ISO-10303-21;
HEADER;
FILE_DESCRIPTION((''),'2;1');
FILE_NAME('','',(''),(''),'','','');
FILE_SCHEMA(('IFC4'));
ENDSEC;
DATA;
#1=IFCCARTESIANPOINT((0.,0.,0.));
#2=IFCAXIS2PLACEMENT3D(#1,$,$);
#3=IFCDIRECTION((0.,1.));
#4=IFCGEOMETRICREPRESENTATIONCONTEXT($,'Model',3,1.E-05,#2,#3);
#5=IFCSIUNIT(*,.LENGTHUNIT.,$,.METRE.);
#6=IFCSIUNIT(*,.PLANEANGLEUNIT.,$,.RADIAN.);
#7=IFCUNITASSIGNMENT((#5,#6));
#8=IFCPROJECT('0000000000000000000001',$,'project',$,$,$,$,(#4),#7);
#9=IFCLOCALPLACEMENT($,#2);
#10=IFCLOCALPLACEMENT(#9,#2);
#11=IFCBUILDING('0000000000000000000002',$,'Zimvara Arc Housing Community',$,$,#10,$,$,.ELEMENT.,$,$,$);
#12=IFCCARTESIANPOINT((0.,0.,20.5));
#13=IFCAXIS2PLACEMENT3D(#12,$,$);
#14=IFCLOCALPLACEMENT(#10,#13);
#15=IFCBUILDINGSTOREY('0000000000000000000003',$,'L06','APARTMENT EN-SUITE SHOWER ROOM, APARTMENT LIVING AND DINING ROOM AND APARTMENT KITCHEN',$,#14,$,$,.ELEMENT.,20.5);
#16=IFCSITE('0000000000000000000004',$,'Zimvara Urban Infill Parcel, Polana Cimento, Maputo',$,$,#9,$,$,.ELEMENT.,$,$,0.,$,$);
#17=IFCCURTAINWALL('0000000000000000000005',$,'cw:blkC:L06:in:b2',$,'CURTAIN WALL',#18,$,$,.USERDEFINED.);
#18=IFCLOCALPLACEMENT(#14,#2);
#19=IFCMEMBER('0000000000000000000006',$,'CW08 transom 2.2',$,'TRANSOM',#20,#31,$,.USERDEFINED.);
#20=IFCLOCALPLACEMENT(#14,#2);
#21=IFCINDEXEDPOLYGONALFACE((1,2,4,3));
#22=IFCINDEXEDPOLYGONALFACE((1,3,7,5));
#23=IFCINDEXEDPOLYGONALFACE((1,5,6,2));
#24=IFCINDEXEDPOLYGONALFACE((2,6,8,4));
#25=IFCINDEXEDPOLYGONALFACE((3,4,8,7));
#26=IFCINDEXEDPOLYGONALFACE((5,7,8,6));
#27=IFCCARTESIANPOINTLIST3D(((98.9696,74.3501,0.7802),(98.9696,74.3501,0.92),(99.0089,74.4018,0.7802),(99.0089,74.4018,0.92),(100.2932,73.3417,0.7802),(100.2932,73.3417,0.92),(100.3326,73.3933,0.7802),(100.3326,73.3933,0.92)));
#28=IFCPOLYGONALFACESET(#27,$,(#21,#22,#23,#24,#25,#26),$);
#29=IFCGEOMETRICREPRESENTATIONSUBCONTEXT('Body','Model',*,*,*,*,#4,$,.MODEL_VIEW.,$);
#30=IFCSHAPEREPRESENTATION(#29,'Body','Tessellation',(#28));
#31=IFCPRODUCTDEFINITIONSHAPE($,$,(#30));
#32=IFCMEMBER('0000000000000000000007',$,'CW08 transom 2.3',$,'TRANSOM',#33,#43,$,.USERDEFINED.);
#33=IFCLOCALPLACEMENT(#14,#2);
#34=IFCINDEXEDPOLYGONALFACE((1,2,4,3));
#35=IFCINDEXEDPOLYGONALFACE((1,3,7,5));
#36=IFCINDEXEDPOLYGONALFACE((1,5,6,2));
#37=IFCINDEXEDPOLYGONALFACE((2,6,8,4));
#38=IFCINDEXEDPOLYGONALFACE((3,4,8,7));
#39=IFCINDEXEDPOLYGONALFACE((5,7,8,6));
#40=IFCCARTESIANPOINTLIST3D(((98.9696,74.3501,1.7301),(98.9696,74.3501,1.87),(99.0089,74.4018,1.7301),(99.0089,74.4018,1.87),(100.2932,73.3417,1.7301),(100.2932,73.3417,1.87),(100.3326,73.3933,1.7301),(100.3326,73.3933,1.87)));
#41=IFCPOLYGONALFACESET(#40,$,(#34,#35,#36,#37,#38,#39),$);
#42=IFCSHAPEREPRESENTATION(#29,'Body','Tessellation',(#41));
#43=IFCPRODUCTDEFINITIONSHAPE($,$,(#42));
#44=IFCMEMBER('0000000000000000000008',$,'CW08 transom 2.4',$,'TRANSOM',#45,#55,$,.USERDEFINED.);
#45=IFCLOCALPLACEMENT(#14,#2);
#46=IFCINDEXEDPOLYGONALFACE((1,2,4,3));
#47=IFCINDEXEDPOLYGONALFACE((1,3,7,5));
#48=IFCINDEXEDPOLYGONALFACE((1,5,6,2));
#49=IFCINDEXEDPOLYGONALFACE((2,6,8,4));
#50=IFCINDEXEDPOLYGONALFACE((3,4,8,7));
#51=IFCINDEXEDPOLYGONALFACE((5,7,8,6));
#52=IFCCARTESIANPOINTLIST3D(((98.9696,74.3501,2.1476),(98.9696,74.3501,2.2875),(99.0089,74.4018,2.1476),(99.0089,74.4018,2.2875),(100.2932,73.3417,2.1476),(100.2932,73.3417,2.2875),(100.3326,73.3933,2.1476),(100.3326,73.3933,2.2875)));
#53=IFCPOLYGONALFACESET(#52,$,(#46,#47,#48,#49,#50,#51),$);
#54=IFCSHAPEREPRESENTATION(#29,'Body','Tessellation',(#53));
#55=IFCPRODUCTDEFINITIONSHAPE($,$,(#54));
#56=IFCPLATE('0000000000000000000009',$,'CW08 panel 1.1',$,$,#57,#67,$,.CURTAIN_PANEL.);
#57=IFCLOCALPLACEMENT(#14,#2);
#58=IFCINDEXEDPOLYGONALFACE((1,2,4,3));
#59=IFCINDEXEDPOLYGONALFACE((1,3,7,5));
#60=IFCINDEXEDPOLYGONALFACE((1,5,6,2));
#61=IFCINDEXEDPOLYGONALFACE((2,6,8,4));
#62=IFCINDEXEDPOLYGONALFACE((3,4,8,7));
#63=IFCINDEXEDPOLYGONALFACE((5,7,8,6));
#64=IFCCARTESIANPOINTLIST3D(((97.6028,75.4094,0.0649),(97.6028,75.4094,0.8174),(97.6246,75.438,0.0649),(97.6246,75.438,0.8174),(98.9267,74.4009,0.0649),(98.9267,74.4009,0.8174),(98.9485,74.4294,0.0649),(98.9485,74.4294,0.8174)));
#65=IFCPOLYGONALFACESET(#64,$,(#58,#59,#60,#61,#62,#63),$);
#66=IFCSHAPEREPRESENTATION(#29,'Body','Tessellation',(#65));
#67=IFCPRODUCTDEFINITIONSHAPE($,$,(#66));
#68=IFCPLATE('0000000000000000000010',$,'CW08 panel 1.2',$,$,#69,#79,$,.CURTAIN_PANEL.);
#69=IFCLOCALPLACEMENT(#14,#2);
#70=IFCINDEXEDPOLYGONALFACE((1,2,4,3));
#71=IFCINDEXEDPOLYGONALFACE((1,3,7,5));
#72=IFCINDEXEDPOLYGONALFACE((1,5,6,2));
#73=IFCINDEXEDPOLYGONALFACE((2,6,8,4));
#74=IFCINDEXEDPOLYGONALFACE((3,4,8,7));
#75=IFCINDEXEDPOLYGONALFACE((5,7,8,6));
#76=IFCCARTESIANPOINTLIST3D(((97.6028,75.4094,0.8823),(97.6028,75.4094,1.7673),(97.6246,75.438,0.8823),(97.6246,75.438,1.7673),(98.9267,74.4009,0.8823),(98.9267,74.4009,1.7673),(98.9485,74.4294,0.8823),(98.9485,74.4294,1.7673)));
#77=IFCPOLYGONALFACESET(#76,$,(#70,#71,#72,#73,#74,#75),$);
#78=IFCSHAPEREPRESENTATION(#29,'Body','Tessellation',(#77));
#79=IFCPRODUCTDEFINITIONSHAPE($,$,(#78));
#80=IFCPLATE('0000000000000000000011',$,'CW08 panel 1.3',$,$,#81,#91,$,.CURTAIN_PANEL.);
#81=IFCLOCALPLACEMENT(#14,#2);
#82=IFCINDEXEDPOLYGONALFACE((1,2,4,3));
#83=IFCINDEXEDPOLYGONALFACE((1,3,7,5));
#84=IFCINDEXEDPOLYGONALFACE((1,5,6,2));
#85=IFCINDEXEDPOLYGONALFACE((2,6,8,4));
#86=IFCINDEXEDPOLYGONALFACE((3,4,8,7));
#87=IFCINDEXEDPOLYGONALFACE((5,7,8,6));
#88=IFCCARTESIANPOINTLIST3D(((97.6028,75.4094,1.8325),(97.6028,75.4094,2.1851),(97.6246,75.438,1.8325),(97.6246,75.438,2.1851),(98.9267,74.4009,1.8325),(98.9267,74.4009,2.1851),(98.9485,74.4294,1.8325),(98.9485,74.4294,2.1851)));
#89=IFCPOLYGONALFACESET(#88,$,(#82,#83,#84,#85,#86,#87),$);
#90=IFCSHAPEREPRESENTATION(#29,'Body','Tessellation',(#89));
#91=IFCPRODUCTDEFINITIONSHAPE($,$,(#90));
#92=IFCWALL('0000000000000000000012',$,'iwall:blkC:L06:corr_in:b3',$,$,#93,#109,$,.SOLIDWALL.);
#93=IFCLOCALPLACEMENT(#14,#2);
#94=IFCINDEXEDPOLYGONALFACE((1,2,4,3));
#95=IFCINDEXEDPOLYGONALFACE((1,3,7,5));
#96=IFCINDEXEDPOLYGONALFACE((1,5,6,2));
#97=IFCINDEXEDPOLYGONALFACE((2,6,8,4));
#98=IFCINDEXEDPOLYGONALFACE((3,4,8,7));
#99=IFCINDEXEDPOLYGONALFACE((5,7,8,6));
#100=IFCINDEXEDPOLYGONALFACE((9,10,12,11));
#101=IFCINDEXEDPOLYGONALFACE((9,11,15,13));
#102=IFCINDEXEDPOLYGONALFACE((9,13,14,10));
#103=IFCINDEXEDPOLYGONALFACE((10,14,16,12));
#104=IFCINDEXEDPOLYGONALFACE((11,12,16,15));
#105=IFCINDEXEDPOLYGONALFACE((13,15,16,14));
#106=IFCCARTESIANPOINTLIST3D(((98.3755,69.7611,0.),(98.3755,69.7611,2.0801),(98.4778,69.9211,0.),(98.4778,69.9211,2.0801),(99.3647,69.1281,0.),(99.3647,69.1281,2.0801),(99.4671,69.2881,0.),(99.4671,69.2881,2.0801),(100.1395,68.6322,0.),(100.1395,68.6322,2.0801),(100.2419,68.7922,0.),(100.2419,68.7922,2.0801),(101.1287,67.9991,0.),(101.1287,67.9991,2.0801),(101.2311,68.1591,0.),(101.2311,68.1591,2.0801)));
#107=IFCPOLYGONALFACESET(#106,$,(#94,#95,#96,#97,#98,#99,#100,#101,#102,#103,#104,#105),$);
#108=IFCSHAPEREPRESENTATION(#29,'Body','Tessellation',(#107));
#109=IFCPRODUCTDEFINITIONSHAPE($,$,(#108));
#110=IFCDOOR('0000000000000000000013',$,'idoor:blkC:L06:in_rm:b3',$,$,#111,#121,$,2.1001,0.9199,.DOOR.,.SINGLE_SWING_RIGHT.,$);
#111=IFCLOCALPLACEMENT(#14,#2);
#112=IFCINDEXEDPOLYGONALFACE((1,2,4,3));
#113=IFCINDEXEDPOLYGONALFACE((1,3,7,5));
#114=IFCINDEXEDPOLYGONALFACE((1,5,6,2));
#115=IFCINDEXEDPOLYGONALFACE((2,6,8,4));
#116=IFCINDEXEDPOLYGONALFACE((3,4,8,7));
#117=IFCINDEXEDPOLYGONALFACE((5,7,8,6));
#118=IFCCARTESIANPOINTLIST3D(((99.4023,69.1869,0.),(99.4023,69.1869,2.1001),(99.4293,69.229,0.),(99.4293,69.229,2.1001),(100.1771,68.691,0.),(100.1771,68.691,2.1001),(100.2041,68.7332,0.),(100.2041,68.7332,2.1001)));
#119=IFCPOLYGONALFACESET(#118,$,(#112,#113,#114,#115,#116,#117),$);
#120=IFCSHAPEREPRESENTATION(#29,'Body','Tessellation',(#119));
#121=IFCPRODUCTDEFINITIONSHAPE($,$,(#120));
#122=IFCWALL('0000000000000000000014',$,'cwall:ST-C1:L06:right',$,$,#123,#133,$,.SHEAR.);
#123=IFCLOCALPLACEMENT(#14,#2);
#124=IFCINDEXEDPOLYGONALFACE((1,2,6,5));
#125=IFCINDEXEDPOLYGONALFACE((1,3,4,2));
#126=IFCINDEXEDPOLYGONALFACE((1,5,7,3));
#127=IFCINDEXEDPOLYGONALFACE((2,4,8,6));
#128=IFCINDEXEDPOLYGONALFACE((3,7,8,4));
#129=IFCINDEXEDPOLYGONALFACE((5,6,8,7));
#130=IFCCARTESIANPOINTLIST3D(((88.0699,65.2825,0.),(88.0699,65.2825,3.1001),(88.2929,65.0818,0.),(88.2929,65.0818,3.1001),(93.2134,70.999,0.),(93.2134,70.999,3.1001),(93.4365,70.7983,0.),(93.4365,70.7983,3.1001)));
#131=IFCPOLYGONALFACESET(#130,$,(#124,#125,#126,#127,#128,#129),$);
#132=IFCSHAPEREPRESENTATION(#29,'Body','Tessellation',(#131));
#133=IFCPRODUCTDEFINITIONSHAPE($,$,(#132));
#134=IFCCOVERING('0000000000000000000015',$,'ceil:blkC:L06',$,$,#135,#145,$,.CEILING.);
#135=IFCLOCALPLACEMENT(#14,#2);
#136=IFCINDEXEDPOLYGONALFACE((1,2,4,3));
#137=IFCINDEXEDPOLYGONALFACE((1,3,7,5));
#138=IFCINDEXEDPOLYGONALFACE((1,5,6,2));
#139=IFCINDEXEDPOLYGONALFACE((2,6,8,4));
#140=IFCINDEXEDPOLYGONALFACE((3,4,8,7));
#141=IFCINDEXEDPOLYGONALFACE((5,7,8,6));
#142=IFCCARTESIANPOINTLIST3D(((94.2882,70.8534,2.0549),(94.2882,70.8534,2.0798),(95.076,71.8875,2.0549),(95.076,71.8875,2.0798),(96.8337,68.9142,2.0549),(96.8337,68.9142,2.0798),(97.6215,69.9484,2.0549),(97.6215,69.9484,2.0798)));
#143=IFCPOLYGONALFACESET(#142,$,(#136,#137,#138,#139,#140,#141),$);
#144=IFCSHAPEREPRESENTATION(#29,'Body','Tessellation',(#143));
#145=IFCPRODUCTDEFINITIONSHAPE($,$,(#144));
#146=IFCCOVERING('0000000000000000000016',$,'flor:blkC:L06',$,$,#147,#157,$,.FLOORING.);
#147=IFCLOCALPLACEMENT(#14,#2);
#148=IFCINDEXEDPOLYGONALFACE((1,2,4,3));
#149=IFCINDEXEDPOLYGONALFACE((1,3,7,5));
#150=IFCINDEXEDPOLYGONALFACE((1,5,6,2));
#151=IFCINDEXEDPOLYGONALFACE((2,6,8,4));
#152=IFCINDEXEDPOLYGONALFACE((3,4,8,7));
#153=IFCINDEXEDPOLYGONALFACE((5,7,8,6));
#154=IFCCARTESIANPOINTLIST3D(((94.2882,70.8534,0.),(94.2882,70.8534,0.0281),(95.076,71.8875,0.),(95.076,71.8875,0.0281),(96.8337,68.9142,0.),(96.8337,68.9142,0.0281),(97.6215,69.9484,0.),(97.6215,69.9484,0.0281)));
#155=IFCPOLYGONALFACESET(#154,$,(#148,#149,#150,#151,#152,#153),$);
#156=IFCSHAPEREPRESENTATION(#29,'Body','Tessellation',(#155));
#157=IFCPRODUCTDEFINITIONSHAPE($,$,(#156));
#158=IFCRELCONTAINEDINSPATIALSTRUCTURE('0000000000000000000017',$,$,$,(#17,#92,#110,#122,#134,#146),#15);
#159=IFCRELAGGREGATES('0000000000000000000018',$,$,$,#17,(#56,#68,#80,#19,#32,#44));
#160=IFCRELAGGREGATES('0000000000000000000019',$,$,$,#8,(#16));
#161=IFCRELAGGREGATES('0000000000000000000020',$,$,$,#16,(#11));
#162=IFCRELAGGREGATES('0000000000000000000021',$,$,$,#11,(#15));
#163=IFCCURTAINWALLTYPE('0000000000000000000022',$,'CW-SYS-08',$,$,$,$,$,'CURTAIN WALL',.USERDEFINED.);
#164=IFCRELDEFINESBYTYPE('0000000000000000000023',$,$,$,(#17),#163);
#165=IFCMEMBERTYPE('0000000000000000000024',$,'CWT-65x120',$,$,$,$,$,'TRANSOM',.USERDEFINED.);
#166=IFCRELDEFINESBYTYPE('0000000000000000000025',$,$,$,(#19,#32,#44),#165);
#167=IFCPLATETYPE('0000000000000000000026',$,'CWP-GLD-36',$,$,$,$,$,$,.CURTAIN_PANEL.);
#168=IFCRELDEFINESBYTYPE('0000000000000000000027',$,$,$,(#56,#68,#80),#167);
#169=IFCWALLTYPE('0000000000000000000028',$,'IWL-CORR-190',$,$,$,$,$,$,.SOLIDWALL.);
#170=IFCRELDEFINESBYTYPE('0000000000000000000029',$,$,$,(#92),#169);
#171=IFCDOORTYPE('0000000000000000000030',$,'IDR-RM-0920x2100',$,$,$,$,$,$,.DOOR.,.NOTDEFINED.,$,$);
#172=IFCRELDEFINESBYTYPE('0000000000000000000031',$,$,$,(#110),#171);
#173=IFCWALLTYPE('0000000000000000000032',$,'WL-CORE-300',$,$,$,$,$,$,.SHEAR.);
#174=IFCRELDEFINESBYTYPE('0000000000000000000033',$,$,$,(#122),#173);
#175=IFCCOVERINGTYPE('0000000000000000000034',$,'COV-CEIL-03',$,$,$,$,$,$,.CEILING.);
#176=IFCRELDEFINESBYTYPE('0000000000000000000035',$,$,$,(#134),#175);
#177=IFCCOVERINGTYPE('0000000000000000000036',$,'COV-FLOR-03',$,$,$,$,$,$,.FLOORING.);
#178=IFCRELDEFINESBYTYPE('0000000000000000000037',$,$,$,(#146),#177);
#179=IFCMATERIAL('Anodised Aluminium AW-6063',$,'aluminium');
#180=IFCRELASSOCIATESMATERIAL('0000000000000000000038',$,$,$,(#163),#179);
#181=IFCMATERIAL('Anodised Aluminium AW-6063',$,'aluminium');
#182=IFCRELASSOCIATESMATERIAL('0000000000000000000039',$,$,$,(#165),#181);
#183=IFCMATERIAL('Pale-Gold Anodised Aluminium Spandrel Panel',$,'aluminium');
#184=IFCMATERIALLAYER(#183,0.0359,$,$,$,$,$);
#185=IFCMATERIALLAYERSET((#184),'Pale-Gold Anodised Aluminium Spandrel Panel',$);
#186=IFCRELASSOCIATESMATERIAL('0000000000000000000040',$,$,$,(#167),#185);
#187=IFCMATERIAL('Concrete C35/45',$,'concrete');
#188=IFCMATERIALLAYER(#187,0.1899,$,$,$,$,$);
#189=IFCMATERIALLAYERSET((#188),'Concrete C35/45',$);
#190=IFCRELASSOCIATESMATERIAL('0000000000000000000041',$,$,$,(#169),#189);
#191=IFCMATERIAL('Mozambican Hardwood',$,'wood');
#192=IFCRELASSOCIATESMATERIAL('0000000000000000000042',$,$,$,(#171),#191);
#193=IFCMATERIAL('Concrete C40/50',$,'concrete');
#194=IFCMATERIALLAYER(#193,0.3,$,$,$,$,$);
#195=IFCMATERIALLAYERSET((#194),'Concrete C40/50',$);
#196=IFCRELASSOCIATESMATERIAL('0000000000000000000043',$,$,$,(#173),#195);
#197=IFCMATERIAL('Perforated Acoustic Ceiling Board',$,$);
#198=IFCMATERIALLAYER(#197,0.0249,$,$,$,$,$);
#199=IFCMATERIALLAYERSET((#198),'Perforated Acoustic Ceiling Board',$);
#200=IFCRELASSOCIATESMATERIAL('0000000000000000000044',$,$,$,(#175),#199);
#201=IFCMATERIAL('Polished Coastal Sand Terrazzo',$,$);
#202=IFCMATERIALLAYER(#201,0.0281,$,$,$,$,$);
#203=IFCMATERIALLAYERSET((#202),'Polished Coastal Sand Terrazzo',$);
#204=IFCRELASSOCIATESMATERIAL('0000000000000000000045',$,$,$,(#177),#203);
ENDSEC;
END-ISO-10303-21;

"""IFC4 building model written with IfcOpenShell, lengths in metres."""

from ifc_helpers import new_model, si_unit, direction, frame, frame_2d, origin, origin_2d, place, context, subcontext, project, spatial, rectangle, extrude, material, layer, layer_set, material_profile, profile_set, type_object, element, fill, aggregate, save


model = new_model("IFC4")

# Units and contexts
model_context = context("Model", 3, precision=1e-05, world=origin(), true_north=direction((0.0, 1.0)))
body_context = subcontext(model_context, "Body", "Model", "MODEL_VIEW")
ifc_project = project(units=[si_unit("LENGTHUNIT", "METRE"), si_unit("PLANEANGLEUNIT", "RADIAN")], contexts=[model_context])

# Site, building, storey
site_placement = place(None, origin())
site = spatial("IfcSite", under=ifc_project, at=site_placement, Name="Zimvara Urban Infill Parcel, Polana Cimento, Maputo", CompositionType="ELEMENT", RefElevation=0.0)
building_placement = place(site_placement, origin())
building = spatial("IfcBuilding", under=site, at=building_placement, Name="Zimvara Arc Housing Community", CompositionType="ELEMENT")
storey_placement = place(building_placement, frame((0.0, 0.0, 20.5)))
storey = spatial("IfcBuildingStorey", under=building, at=storey_placement, Name="L06", Description="APARTMENT EN-SUITE SHOWER ROOM, APARTMENT LIVING AND DINING ROOM AND APARTMENT KITCHEN", CompositionType="ELEMENT", Elevation=20.5)

# Curtain wall, members, plates
ifc_material_1 = material(Name="Anodised Aluminium AW-6063", Category="aluminium")
curtain_wall_type = type_object("IfcCurtainWallType", Name="CW-SYS-08", ElementType="CURTAIN WALL", PredefinedType="USERDEFINED", material=ifc_material_1)
curtain_wall_placement = place(storey_placement, origin())
curtain_wall = element("IfcCurtainWall", 1, at=curtain_wall_placement, inside=storey, type_object=curtain_wall_type, Name="cw:blkC:L06:in:b2", ObjectType="CURTAIN WALL", PredefinedType="USERDEFINED")
ifc_material_2 = material(Name="Anodised Aluminium AW-6063", Category="aluminium")
ifc_material_profile_1 = material_profile(ifc_material_2, rectangle(XDim=0.0649, YDim=0.1399, at=origin_2d()), Name="ALU 65x140")
ifc_profile_set_1 = profile_set([ifc_material_profile_1], Name="Anodised Aluminium AW-6063")
member_type_1 = type_object("IfcMemberType", Name="CWT-65x120", ElementType="TRANSOM", PredefinedType="USERDEFINED", material=ifc_profile_set_1)
member_1_placement = place(storey_placement, frame((98.9893, 74.376, 0.8501), z_axis=(0.795435, -0.606039, 0.0), x_axis=(0.606039, 0.795435, 0.0)))
member_1 = element("IfcMember", 2, at=member_1_placement, type_object=member_type_1, Name="CW08 transom 2.2", ObjectType="TRANSOM", PredefinedType="USERDEFINED", context=body_context, shape_type="SweptSolid", body=[
    extrude(rectangle(XDim=0.0649, YDim=0.1399, at=origin_2d()), origin(), (0.0, 0.0, 1.0), 1.6641),
])
member_2_placement = place(storey_placement, frame((98.9893, 74.376, 1.8), z_axis=(0.795435, -0.606039, 0.0), x_axis=(0.606039, 0.795435, 0.0)))
member_2 = element("IfcMember", 3, at=member_2_placement, type_object=member_type_1, Name="CW08 transom 2.3", ObjectType="TRANSOM", PredefinedType="USERDEFINED", context=body_context, shape_type="SweptSolid", body=[
    extrude(rectangle(XDim=0.0649, YDim=0.1399, at=origin_2d()), origin(), (0.0, 0.0, 1.0), 1.6641),
])
member_3_placement = place(storey_placement, frame((98.9893, 74.376, 2.2175), z_axis=(0.795435, -0.606039, 0.0), x_axis=(0.606039, 0.795435, 0.0)))
member_3 = element("IfcMember", 4, at=member_3_placement, type_object=member_type_1, Name="CW08 transom 2.4", ObjectType="TRANSOM", PredefinedType="USERDEFINED", context=body_context, shape_type="SweptSolid", body=[
    extrude(rectangle(XDim=0.0649, YDim=0.1399, at=origin_2d()), origin(), (0.0, 0.0, 1.0), 1.6641),
])
ifc_material_3 = material(Name="Pale-Gold Anodised Aluminium Spandrel Panel", Category="aluminium")
ifc_layer_1 = layer(ifc_material_3, 0.0359)
ifc_layer_set_1 = layer_set([ifc_layer_1], Name="Pale-Gold Anodised Aluminium Spandrel Panel")
plate_type = type_object("IfcPlateType", Name="CWP-GLD-36", PredefinedType="CURTAIN_PANEL", material=ifc_layer_set_1)
plate_1_placement = place(storey_placement, frame((98.2756, 74.9194, 0.0649), z_axis=(0.0, 0.0, 1.0), x_axis=(0.795474, -0.605988, 0.0)))
plate_1 = element("IfcPlate", 5, at=plate_1_placement, type_object=plate_type, Name="CW08 panel 1.1", PredefinedType="CURTAIN_PANEL", context=body_context, shape_type="SweptSolid", body=[
    extrude(rectangle(XDim=1.6643, YDim=0.0359, at=origin_2d()), origin(), (0.0, 0.0, 1.0), 0.7524),
])
plate_2_placement = place(storey_placement, frame((98.2756, 74.9194, 0.8823), z_axis=(0.0, 0.0, 1.0), x_axis=(0.795474, -0.605988, 0.0)))
plate_2 = element("IfcPlate", 6, at=plate_2_placement, type_object=plate_type, Name="CW08 panel 1.2", PredefinedType="CURTAIN_PANEL", context=body_context, shape_type="SweptSolid", body=[
    extrude(rectangle(XDim=1.6643, YDim=0.0359, at=origin_2d()), origin(), (0.0, 0.0, 1.0), 0.885),
])
plate_3_placement = place(storey_placement, frame((98.2756, 74.9194, 1.8325), z_axis=(0.0, 0.0, 1.0), x_axis=(0.795474, -0.605988, 0.0)))
plate_3 = element("IfcPlate", 7, at=plate_3_placement, type_object=plate_type, Name="CW08 panel 1.3", PredefinedType="CURTAIN_PANEL", context=body_context, shape_type="SweptSolid", body=[
    extrude(rectangle(XDim=1.6643, YDim=0.0359, at=origin_2d()), origin(), (0.0, 0.0, 1.0), 0.3525),
])
aggregate(curtain_wall, [plate_1, plate_2, plate_3, member_1, member_2, member_3])

# Wall, opening, door
ifc_material_4 = material(Name="Concrete C35/45", Category="concrete")
ifc_layer_2 = layer(ifc_material_4, 0.1899)
ifc_layer_set_2 = layer_set([ifc_layer_2], Name="Concrete C35/45")
wall_type_1 = type_object("IfcWallType", Name="IWL-CORR-190", PredefinedType="SOLIDWALL", material=ifc_layer_set_2)
wall_1_placement = place(storey_placement, frame((98.4268, 69.8411, 0.0), z_axis=(0.0, 0.0, 1.0), x_axis=(0.842281, -0.539039, 0.0)))
wall_1 = element("IfcWall", 8, at=wall_1_placement, inside=storey, type_object=wall_type_1, Name="iwall:blkC:L06:corr_in:b3", PredefinedType="SOLIDWALL", context=body_context, shape_type="SweptSolid", body=[
    extrude(rectangle(XDim=3.2688, YDim=0.1899, at=frame_2d((1.6343, 0.0))), origin(), (0.0, 0.0, 1.0), 2.0801),
])
opening_1_placement = place(wall_1_placement, frame((1.1743, 0.0, 0.0)))
opening_1 = element("IfcOpeningElement", 9, at=opening_1_placement, cuts=wall_1, PredefinedType="OPENING", context=body_context, shape_type="SweptSolid", body=[
    extrude(rectangle(XDim=0.9199, YDim=2.1001, at=frame_2d((0.46, 1.05))), frame((0.0, 0.105, 0.0), z_axis=(0.0, -1.0, 0.0), x_axis=(1.0, 0.0, 0.0)), (0.0, 0.0, 1.0), 0.21),
])
ifc_material_5 = material(Name="Mozambican Hardwood", Category="wood")
door_type_1 = type_object("IfcDoorType", Name="IDR-RM-0920x2100", OperationType="NOTDEFINED", PredefinedType="DOOR", material=ifc_material_5)
door_1_placement = place(opening_1_placement, origin())
door_1 = element("IfcDoor", 10, at=door_1_placement, inside=storey, type_object=door_type_1, Name="idoor:blkC:L06:in_rm:b3", OperationType="SINGLE_SWING_RIGHT", OverallHeight=2.1001, OverallWidth=0.9199, PredefinedType="DOOR", context=body_context, shape_type="SweptSolid", body=[
    extrude(rectangle(XDim=0.9199, YDim=2.1001, at=frame_2d((0.46, 1.05))), frame((0.0, 0.0249, 0.0), z_axis=(0.0, -1.0, 0.0), x_axis=(1.0, 0.0, 0.0)), (0.0, 0.0, 1.0), 0.05),
])
fill(opening_1, door_1)

# Wall
ifc_material_6 = material(Name="Concrete C40/50", Category="concrete")
ifc_layer_3 = layer(ifc_material_6, 0.3)
ifc_layer_set_3 = layer_set([ifc_layer_3], Name="Concrete C40/50")
wall_type_2 = type_object("IfcWallType", Name="WL-CORE-300", PredefinedType="SHEAR", material=ifc_layer_set_3)
wall_2_placement = place(storey_placement, frame((93.325, 70.8987, 0.0), z_axis=(0.0, 0.0, 1.0), x_axis=(-0.668868, -0.743381, 0.0)))
element("IfcWall", 11, at=wall_2_placement, inside=storey, type_object=wall_type_2, Name="cwall:ST-C1:L06:right", PredefinedType="SHEAR", context=body_context, shape_type="SweptSolid", body=[
    extrude(rectangle(XDim=7.6899, YDim=0.3, at=frame_2d((3.845, 0.0))), origin(), (0.0, 0.0, 1.0), 3.1001),
])

# Coverings
ifc_material_7 = material(Name="Perforated Acoustic Ceiling Board")
ifc_layer_4 = layer(ifc_material_7, 0.0249)
ifc_layer_set_4 = layer_set([ifc_layer_4], Name="Perforated Acoustic Ceiling Board")
covering_type_1 = type_object("IfcCoveringType", Name="COV-CEIL-03", PredefinedType="CEILING", material=ifc_layer_set_4)
covering_1_placement = place(storey_placement, frame((95.9548, 70.4009, 2.0549), z_axis=(0.0, 0.0, 1.0), x_axis=(-0.605988, -0.795473, 0.0)))
element("IfcCovering", 12, at=covering_1_placement, inside=storey, type_object=covering_type_1, Name="ceil:blkC:L06", PredefinedType="CEILING", context=body_context, shape_type="SweptSolid", body=[
    extrude(rectangle(XDim=1.3, YDim=3.2, at=origin_2d()), origin(), (0.0, 0.0, 1.0), 0.0249),
])
ifc_material_8 = material(Name="Polished Coastal Sand Terrazzo")
ifc_layer_5 = layer(ifc_material_8, 0.0281)
ifc_layer_set_5 = layer_set([ifc_layer_5], Name="Polished Coastal Sand Terrazzo")
covering_type_2 = type_object("IfcCoveringType", Name="COV-FLOR-03", PredefinedType="FLOORING", material=ifc_layer_set_5)
covering_2_placement = place(storey_placement, frame((95.9548, 70.4009, 0.0), z_axis=(0.0, 0.0, 1.0), x_axis=(-0.605988, -0.795473, 0.0)))
element("IfcCovering", 13, at=covering_2_placement, inside=storey, type_object=covering_type_2, Name="flor:blkC:L06", PredefinedType="FLOORING", context=body_context, shape_type="SweptSolid", body=[
    extrude(rectangle(XDim=1.3, YDim=3.2, at=origin_2d()), origin(), (0.0, 0.0, 1.0), 0.0281),
])

save(model, "model.ifc")
